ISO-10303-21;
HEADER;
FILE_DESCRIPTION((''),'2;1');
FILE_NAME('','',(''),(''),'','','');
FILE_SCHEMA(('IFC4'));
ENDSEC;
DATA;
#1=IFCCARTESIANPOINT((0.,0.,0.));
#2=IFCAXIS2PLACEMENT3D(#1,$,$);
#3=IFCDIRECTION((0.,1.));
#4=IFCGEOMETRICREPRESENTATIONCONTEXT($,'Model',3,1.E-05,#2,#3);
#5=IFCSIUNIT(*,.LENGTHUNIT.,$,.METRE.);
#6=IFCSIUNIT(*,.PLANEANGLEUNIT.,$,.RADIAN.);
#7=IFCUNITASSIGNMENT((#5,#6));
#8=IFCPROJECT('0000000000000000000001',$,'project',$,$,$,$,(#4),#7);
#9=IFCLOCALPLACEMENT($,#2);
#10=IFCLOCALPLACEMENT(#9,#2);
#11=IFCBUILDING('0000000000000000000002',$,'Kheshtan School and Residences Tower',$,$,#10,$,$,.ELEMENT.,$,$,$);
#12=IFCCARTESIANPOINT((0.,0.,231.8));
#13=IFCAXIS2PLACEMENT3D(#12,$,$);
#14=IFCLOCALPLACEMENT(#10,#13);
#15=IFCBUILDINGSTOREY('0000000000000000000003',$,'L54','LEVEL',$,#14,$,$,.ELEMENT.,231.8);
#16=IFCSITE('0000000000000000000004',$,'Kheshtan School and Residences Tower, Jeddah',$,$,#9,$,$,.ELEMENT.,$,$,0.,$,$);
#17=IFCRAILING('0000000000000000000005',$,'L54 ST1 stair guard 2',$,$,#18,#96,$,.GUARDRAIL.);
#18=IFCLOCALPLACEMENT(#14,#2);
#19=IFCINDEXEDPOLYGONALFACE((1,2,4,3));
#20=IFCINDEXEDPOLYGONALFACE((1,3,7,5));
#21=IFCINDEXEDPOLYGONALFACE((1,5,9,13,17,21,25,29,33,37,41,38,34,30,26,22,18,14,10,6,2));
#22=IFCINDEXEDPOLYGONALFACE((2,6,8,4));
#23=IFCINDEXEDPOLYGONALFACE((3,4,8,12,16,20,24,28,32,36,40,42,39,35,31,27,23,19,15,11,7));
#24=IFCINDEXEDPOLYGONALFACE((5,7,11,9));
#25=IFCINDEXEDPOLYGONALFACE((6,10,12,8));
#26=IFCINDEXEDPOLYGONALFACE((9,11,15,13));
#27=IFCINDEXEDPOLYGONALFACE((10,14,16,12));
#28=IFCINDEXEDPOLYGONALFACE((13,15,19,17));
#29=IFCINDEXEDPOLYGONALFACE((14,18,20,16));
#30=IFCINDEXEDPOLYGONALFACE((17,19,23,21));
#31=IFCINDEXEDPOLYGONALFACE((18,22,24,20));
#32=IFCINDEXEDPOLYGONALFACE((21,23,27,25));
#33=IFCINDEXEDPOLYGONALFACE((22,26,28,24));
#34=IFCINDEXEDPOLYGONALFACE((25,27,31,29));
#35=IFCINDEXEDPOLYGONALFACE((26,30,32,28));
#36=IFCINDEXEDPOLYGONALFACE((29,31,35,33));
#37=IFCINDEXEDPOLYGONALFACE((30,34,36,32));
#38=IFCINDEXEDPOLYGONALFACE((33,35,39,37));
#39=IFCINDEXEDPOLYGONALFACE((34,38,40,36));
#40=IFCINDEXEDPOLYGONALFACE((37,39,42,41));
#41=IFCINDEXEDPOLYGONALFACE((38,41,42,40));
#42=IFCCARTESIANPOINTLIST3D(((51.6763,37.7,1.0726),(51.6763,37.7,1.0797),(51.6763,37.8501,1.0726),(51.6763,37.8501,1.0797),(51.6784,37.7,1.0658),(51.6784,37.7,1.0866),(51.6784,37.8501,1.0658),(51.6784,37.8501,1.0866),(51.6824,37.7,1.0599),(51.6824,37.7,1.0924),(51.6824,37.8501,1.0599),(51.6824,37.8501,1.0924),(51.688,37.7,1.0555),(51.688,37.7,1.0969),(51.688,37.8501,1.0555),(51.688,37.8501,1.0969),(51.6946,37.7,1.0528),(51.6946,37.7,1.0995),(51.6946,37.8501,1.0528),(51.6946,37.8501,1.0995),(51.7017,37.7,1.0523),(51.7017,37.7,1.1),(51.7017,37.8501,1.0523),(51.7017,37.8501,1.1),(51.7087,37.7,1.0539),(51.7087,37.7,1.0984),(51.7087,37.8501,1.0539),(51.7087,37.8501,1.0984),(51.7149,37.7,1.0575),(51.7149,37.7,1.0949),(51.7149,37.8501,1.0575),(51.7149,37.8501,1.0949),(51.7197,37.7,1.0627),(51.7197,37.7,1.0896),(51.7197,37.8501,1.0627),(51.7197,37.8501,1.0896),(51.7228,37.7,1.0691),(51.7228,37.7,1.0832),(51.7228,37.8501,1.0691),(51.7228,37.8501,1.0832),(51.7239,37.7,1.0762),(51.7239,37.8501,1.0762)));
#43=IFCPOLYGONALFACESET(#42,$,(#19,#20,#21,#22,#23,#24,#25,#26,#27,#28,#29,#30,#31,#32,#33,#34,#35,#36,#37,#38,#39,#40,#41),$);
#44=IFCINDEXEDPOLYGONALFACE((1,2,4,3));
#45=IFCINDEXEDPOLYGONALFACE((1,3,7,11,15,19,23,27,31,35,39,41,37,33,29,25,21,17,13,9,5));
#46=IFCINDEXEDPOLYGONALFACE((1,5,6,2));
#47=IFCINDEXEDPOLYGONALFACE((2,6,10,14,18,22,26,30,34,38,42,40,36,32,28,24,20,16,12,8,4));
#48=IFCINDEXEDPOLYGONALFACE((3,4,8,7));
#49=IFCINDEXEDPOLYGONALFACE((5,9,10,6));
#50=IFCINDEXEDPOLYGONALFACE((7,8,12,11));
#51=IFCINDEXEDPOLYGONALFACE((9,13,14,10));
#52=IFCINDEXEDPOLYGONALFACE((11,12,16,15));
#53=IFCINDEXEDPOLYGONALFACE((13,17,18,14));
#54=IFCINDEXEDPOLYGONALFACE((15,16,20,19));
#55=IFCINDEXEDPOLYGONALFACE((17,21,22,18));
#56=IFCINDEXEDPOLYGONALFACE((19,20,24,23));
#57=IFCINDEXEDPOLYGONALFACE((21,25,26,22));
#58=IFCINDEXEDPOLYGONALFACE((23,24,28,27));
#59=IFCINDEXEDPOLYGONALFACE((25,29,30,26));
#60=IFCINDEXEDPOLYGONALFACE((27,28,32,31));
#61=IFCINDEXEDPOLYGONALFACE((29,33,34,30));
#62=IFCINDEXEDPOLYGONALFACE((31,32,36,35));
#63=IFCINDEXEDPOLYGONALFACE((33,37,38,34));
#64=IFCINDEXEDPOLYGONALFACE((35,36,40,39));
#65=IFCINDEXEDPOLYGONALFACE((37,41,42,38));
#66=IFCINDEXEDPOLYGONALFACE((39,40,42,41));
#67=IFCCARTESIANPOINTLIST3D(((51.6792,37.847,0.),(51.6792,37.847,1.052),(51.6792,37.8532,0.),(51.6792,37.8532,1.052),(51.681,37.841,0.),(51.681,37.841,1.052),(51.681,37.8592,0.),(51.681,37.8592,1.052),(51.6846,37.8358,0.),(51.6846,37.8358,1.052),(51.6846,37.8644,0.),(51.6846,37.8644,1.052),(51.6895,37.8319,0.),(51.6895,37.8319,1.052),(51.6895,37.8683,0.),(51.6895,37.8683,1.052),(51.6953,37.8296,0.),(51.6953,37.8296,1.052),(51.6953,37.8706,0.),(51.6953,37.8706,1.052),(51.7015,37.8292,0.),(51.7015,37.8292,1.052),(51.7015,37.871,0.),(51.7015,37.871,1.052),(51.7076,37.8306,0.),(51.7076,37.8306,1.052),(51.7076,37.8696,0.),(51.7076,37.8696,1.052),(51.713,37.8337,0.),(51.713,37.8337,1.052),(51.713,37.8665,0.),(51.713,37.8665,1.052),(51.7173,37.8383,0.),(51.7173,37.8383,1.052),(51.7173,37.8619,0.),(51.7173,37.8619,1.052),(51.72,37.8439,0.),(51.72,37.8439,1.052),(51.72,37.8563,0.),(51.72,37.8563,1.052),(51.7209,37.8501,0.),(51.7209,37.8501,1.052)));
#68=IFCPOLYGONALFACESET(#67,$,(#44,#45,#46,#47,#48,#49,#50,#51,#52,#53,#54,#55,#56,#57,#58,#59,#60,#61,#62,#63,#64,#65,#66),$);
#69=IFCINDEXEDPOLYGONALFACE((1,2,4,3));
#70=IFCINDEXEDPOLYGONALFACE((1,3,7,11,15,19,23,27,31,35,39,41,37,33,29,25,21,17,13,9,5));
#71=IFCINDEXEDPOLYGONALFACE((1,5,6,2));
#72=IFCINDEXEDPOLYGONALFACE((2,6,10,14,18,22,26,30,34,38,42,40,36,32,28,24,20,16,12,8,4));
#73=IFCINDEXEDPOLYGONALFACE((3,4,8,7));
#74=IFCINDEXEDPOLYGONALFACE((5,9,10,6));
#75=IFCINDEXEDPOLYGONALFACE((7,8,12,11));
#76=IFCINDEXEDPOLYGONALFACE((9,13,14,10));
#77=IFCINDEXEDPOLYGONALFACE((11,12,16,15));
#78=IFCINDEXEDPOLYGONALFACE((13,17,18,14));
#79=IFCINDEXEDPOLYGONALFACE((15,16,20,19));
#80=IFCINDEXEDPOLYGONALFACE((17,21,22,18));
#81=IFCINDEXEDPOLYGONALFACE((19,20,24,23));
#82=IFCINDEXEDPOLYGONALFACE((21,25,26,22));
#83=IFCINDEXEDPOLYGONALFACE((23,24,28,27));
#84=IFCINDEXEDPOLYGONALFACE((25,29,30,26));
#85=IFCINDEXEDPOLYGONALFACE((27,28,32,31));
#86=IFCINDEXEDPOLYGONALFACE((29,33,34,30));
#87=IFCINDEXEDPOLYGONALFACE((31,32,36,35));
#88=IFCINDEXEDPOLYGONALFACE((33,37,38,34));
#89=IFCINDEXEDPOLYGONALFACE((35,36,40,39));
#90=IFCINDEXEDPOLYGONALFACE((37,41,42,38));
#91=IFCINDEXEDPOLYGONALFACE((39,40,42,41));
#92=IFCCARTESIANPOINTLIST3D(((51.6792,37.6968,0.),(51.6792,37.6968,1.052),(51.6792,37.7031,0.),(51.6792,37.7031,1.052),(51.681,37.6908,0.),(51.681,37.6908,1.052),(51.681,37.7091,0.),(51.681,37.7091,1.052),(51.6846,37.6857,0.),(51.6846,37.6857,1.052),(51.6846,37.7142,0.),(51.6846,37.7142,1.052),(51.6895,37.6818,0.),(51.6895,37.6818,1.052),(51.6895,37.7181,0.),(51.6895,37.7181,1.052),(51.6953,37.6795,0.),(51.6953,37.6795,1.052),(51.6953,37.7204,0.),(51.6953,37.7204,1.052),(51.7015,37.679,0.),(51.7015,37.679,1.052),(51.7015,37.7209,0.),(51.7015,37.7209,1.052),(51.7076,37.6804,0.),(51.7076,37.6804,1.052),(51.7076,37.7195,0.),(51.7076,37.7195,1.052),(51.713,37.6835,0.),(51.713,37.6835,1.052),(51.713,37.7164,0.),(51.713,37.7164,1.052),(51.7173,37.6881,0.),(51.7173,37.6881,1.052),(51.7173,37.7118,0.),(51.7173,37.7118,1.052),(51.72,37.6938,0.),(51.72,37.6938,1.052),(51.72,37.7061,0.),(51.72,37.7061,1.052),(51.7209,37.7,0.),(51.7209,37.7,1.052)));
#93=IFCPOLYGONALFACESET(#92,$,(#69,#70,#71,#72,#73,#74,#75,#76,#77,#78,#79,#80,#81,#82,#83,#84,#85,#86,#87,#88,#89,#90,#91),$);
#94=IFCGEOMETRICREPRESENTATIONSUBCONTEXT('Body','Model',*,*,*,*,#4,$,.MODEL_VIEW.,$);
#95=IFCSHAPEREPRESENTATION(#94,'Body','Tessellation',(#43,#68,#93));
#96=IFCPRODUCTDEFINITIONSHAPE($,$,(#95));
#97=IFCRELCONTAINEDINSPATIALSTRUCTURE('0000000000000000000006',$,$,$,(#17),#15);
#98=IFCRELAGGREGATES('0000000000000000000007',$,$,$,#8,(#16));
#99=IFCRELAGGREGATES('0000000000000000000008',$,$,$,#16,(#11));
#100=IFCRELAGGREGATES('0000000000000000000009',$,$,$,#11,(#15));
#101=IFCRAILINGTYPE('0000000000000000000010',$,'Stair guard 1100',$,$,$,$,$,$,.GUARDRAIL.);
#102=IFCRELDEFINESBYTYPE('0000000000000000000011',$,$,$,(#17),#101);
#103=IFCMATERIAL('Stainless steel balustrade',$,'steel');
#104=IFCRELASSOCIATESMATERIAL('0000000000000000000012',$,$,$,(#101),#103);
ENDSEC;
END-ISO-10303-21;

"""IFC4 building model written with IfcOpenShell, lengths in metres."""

from ifc_helpers import new_model, si_unit, direction, frame, origin, origin_2d, place, context, subcontext, project, spatial, circle, extrude, material, type_object, element, save


model = new_model("IFC4")

# Units and contexts
model_context = context("Model", 3, precision=1e-05, world=origin(), true_north=direction((0.0, 1.0)))
body_context = subcontext(model_context, "Body", "Model", "MODEL_VIEW")
ifc_project = project(units=[si_unit("LENGTHUNIT", "METRE"), si_unit("PLANEANGLEUNIT", "RADIAN")], contexts=[model_context])

# Site, building, storey
site_placement = place(None, origin())
site = spatial("IfcSite", under=ifc_project, at=site_placement, Name="Kheshtan School and Residences Tower, Jeddah", CompositionType="ELEMENT", RefElevation=0.0)
building_placement = place(site_placement, origin())
building = spatial("IfcBuilding", under=site, at=building_placement, Name="Kheshtan School and Residences Tower", CompositionType="ELEMENT")
storey_placement = place(building_placement, frame((0.0, 0.0, 231.8)))
storey = spatial("IfcBuildingStorey", under=building, at=storey_placement, Name="L54", Description="LEVEL", CompositionType="ELEMENT", Elevation=231.8)

# Railing
ifc_material_1 = material(Name="Stainless steel balustrade", Category="steel")
railing_type_1 = type_object("IfcRailingType", Name="Stair guard 1100", PredefinedType="GUARDRAIL", material=ifc_material_1)
railing_1_placement = place(storey_placement, frame((51.7, 37.8501, 0.0)))
element("IfcRailing", 1, at=railing_1_placement, inside=storey, type_object=railing_type_1, Name="L54 ST1 stair guard 2", PredefinedType="GUARDRAIL", context=body_context, shape_type="SweptSolid", body=[
    extrude(circle(Radius=0.0239, at=origin_2d()), frame((0.0, 0.0, 1.0762), z_axis=(0.0, -1.0, 0.0), x_axis=(1.0, 0.0, 0.0)), (0.0, 0.0, 1.0), 0.1501),
    extrude(circle(Radius=0.021, at=origin_2d()), origin(), (0.0, 0.0, 1.0), 1.052),
    extrude(circle(Radius=0.021, at=origin_2d()), frame((0.0, -0.1501, 0.0)), (0.0, 0.0, 1.0), 1.052),
])

save(model, "model.ifc")
